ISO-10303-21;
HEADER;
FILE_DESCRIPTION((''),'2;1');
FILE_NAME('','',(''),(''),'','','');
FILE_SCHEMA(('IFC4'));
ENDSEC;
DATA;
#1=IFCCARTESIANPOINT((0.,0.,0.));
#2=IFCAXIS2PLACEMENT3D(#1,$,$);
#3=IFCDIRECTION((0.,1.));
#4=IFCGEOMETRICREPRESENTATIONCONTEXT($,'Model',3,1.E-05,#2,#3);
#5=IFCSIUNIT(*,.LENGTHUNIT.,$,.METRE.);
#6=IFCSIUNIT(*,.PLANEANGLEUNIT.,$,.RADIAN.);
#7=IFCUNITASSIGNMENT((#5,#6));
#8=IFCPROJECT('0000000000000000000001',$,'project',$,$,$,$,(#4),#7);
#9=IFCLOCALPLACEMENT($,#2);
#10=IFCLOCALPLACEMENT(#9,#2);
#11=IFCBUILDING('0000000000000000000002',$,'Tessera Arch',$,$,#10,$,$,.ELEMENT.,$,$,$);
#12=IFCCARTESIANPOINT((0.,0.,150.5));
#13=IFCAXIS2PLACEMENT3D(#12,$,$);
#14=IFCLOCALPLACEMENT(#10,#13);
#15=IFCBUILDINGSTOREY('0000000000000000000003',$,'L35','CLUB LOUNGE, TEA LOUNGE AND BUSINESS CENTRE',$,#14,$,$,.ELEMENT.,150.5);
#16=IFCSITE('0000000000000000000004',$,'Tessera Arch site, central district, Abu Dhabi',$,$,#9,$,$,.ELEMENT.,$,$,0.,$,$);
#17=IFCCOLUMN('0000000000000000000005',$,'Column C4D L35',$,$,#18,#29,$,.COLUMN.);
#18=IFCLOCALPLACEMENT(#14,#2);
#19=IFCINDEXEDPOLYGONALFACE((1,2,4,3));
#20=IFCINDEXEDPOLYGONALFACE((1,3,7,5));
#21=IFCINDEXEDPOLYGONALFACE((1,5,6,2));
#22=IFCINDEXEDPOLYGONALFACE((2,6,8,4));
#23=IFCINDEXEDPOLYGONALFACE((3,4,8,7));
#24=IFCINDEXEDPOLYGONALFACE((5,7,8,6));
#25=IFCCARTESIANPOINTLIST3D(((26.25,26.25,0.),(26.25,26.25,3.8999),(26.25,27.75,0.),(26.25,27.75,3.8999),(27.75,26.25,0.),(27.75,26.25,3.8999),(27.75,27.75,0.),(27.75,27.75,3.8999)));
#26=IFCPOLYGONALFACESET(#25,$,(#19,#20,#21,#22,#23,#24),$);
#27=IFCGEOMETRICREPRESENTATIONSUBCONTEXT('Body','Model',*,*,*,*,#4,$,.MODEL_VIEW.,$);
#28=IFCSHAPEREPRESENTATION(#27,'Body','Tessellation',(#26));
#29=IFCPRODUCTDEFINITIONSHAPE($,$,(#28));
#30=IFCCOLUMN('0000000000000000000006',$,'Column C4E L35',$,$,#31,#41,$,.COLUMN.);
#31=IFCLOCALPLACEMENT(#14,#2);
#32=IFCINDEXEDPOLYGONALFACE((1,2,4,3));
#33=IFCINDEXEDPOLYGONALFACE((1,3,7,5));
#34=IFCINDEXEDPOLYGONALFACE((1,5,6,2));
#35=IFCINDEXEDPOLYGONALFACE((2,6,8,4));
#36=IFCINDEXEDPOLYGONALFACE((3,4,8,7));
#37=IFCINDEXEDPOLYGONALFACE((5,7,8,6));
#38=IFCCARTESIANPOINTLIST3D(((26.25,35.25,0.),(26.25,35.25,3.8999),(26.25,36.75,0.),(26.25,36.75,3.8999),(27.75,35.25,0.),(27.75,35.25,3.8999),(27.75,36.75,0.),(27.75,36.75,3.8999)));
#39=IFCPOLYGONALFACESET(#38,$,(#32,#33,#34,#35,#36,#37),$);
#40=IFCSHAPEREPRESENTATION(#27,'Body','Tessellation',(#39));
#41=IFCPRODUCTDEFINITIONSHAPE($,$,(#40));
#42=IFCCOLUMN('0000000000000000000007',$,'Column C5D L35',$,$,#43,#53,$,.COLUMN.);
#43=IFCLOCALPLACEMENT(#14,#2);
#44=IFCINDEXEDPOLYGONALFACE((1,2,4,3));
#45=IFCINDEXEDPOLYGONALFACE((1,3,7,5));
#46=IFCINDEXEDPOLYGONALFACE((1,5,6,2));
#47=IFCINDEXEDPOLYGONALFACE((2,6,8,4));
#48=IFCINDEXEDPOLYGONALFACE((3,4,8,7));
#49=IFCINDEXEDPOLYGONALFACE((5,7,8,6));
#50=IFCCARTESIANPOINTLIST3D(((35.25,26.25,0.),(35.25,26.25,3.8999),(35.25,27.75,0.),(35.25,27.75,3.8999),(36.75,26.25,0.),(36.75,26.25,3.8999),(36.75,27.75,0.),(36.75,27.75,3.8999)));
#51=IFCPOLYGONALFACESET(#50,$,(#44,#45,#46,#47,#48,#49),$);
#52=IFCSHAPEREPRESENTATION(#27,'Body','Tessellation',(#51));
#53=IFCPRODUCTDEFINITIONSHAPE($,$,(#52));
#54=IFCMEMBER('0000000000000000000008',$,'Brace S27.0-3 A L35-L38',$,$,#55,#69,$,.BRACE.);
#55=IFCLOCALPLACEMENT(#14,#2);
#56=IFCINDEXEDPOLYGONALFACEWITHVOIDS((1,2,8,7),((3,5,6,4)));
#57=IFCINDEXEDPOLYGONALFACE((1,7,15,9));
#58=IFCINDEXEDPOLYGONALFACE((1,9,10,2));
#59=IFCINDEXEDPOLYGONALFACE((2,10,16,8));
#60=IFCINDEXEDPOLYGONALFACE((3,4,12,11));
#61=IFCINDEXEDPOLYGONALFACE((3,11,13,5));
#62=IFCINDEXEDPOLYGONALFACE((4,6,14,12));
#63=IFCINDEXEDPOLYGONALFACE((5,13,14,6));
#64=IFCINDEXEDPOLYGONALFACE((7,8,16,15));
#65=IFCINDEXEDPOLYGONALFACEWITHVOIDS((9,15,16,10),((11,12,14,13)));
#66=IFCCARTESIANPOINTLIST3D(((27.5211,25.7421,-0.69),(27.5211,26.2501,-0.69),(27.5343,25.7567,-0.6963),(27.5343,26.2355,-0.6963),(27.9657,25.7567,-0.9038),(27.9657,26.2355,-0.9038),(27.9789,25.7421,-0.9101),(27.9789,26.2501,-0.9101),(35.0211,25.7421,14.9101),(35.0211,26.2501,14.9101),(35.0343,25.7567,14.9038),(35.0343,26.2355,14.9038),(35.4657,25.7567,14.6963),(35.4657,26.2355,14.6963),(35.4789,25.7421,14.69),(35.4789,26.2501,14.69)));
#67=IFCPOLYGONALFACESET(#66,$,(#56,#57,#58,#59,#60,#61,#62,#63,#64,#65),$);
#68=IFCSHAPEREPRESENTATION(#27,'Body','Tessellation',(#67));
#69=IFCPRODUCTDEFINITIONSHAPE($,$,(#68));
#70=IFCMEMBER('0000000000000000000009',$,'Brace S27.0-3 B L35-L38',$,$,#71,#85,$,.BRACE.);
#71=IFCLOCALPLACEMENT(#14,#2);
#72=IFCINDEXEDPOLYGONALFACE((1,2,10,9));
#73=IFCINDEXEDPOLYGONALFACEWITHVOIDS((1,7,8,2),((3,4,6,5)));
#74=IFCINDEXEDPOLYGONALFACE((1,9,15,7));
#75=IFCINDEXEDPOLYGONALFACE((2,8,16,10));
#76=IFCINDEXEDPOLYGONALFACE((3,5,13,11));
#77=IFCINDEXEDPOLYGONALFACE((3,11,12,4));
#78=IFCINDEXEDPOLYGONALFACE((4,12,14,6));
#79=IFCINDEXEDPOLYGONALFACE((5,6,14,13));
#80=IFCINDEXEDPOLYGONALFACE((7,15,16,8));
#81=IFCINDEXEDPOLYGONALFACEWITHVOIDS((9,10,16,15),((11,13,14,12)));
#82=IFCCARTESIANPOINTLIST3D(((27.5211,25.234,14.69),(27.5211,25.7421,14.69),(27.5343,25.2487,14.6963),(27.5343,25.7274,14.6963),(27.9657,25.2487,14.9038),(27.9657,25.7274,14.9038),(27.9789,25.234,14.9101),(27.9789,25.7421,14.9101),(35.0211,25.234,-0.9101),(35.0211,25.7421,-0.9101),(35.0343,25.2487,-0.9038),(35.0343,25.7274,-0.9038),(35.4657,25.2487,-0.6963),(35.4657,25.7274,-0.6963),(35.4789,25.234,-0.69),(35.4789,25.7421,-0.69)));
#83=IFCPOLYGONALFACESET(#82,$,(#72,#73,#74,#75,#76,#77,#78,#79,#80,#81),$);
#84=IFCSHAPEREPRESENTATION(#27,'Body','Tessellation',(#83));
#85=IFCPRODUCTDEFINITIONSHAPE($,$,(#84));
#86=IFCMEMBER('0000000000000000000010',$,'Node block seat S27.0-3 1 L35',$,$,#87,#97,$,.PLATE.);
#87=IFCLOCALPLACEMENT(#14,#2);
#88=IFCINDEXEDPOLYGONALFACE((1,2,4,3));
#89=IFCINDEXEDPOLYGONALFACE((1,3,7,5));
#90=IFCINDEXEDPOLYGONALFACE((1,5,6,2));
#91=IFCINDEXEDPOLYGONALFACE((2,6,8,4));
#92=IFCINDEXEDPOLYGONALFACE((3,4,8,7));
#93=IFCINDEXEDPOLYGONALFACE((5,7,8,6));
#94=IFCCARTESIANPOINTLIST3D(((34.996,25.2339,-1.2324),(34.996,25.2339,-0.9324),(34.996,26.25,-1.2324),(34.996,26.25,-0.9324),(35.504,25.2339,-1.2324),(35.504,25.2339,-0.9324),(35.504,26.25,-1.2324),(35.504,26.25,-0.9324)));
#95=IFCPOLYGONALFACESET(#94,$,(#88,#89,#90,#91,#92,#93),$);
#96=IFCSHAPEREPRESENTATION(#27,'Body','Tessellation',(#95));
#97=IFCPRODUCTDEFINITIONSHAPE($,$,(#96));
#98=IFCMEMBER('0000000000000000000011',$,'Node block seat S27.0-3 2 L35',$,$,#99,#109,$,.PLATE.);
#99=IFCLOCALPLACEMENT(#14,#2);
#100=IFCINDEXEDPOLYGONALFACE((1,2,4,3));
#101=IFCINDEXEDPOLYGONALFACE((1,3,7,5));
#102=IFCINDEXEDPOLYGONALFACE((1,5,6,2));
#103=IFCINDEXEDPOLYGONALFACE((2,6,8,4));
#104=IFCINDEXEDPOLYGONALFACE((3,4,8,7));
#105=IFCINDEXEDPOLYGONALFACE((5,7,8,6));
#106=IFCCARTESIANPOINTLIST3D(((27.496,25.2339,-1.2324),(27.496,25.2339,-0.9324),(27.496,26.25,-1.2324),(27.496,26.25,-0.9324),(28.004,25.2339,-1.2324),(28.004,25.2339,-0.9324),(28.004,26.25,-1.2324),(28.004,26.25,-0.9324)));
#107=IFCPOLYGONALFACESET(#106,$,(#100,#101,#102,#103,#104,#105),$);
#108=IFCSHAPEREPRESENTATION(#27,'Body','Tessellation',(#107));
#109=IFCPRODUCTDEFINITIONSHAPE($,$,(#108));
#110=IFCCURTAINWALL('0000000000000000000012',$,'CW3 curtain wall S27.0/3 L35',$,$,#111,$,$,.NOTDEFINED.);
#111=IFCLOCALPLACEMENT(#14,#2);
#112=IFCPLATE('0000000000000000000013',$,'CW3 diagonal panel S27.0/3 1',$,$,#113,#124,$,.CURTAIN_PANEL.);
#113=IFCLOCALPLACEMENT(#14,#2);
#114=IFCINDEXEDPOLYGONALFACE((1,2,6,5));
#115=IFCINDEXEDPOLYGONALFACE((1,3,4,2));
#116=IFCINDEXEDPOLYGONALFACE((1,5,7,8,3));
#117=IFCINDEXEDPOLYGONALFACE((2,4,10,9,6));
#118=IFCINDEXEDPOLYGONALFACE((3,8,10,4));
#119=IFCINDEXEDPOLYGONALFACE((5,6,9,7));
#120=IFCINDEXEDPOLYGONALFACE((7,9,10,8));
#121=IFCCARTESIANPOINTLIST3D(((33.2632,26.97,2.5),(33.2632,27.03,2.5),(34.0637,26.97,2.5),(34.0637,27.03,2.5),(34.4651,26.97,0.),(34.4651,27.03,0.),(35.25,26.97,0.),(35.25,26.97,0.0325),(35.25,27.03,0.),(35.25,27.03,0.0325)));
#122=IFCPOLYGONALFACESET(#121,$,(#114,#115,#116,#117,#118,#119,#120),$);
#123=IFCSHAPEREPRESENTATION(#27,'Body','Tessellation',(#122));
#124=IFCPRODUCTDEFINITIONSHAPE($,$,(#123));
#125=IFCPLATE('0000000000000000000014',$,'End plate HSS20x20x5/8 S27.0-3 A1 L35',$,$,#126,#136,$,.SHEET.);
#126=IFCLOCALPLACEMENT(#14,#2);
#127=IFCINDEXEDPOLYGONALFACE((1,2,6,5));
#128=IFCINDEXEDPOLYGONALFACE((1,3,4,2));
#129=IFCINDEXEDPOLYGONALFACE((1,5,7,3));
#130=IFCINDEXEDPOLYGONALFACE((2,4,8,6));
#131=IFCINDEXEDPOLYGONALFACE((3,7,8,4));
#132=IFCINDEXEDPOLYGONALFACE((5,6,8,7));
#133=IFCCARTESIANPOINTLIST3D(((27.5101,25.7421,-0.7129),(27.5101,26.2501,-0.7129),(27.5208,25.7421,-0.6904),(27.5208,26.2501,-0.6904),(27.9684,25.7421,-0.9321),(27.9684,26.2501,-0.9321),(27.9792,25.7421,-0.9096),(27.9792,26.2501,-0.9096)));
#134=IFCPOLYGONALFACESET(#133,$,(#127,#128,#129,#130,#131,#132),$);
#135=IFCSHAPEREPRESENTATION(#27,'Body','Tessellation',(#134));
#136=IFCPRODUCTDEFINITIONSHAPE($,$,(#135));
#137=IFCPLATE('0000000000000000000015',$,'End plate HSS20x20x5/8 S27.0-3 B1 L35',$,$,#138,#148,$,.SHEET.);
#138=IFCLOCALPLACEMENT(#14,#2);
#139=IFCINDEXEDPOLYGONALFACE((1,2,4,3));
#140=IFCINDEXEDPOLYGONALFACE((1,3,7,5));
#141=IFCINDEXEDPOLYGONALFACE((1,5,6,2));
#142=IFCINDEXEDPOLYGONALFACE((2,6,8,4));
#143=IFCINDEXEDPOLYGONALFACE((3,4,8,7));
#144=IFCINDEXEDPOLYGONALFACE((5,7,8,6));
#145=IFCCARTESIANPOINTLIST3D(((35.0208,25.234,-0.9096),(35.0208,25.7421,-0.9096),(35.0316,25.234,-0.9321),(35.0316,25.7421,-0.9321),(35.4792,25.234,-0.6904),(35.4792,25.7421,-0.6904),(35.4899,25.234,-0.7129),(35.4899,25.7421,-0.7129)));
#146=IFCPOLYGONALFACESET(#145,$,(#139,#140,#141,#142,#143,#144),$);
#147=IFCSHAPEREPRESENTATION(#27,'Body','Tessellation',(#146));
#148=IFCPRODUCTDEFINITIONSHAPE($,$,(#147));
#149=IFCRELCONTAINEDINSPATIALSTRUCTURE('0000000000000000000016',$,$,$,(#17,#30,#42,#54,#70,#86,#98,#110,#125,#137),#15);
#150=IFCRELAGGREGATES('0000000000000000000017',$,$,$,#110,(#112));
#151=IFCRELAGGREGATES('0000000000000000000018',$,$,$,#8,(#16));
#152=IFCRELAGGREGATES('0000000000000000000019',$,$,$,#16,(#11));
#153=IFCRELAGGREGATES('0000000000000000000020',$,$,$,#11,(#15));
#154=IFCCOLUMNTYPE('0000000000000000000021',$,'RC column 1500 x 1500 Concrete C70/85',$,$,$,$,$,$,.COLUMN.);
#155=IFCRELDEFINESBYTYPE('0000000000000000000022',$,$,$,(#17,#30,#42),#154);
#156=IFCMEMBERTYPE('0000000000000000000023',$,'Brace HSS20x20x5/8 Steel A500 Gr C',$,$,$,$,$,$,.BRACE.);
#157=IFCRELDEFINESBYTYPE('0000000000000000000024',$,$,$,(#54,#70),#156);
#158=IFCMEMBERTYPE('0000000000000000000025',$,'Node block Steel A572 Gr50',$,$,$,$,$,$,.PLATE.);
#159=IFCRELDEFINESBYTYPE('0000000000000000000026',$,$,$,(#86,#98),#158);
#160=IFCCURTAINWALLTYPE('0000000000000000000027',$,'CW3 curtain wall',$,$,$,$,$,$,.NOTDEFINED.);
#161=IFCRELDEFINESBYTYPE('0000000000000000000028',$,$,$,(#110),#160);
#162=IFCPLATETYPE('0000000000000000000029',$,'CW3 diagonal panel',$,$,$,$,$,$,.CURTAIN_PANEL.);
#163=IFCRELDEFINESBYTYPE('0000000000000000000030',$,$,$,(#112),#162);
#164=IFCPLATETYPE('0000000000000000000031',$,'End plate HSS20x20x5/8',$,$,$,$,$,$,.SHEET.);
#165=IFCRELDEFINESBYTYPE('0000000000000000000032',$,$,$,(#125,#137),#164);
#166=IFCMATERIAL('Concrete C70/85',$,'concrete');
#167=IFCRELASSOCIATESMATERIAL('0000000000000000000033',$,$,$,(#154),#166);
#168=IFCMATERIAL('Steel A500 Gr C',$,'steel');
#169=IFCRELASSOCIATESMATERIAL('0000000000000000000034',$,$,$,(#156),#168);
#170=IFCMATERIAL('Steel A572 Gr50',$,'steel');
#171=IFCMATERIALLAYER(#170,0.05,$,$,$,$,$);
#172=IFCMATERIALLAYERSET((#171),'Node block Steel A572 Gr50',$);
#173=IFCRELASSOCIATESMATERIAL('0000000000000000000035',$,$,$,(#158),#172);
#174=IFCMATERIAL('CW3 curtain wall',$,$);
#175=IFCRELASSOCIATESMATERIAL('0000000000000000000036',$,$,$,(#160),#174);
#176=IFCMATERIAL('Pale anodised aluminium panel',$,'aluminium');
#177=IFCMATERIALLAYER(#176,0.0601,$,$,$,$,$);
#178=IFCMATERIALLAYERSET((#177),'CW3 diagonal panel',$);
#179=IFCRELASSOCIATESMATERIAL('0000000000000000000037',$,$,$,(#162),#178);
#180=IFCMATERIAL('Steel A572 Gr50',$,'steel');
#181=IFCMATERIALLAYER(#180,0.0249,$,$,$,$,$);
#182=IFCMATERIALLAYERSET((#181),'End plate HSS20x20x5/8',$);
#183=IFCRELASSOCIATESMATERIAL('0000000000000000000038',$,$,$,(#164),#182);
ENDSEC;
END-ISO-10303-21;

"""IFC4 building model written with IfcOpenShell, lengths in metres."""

from ifc_helpers import new_model, si_unit, direction, frame, origin, origin_2d, place, context, subcontext, project, spatial, polyline, rectangle, hollow_rectangle, outline, extrude, material, layer, layer_set, material_profile, profile_set, type_object, element, aggregate, save


model = new_model("IFC4")

# Units and contexts
model_context = context("Model", 3, precision=1e-05, world=origin(), true_north=direction((0.0, 1.0)))
body_context = subcontext(model_context, "Body", "Model", "MODEL_VIEW")
ifc_project = project(units=[si_unit("LENGTHUNIT", "METRE"), si_unit("PLANEANGLEUNIT", "RADIAN")], contexts=[model_context])

# Site, building, storey
site_placement = place(None, origin())
site = spatial("IfcSite", under=ifc_project, at=site_placement, Name="Tessera Arch site, central district, Abu Dhabi", CompositionType="ELEMENT", RefElevation=0.0)
building_placement = place(site_placement, origin())
building = spatial("IfcBuilding", under=site, at=building_placement, Name="Tessera Arch", CompositionType="ELEMENT")
storey_placement = place(building_placement, frame((0.0, 0.0, 150.5)))
storey = spatial("IfcBuildingStorey", under=building, at=storey_placement, Name="L35", Description="CLUB LOUNGE, TEA LOUNGE AND BUSINESS CENTRE", CompositionType="ELEMENT", Elevation=150.5)

# Columns
ifc_material_1 = material(Name="Concrete C70/85", Category="concrete")
ifc_material_profile_1 = material_profile(ifc_material_1, rectangle(XDim=1.5, YDim=1.5, at=origin_2d()), Name="RC column 1500 x 1500 Concrete C70/85")
ifc_profile_set_1 = profile_set([ifc_material_profile_1], Name="Concrete C70/85")
column_type = type_object("IfcColumnType", Name="RC column 1500 x 1500 Concrete C70/85", PredefinedType="COLUMN", material=ifc_profile_set_1)
for number, where, z_axis, x_axis, name in (
    (1, (27.0, 27.0, 0.0), (0.0, 0.0, 1.0), (1.0, 0.0, 0.0), "Column C4D L35"),
    (2, (27.0, 36.0, 0.0), (0.0, 0.0, 1.0), (1.0, 0.0, 0.0), "Column C4E L35"),
    (3, (36.0, 27.0, 0.0), (0.0, 0.0, 1.0), (1.0, 0.0, 0.0), "Column C5D L35"),
):
    element("IfcColumn", number, at=place(storey_placement, frame(where, z_axis=z_axis, x_axis=x_axis)), inside=storey, type_object=column_type, Name=name, PredefinedType="COLUMN", context=body_context, shape_type="SweptSolid", body=[
        extrude(rectangle(XDim=1.5, YDim=1.5, at=origin_2d()), origin(), (0.0, 0.0, 1.0), 3.8999),
    ])

# Members
ifc_material_2 = material(Name="Steel A500 Gr C", Category="steel")
ifc_material_profile_2 = material_profile(ifc_material_2, hollow_rectangle(XDim=0.5081, YDim=0.5081, WallThickness=0.0146, at=origin_2d()), Name="HSS20x20x5/8")
ifc_profile_set_2 = profile_set([ifc_material_profile_2], Name="Steel A500 Gr C")
member_type_1 = type_object("IfcMemberType", Name="Brace HSS20x20x5/8 Steel A500 Gr C", PredefinedType="BRACE", material=ifc_profile_set_2)
for number, where, z_axis, x_axis, name in (
    (4, (27.75, 25.9961, -0.8), (0.433292, 0.0, 0.901253), (0.0, 1.0, 0.0), "Brace S27.0-3 A L35-L38"),
    (5, (35.25, 25.488, -0.8), (-0.433292, 0.0, 0.901253), (0.0, -1.0, 0.0), "Brace S27.0-3 B L35-L38"),
):
    element("IfcMember", number, at=place(storey_placement, frame(where, z_axis=z_axis, x_axis=x_axis)), inside=storey, type_object=member_type_1, Name=name, PredefinedType="BRACE", context=body_context, shape_type="SweptSolid", body=[
        extrude(hollow_rectangle(XDim=0.5081, YDim=0.5081, WallThickness=0.0146, at=origin_2d()), origin(), (0.0, 0.0, 1.0), 17.3093),
    ])
ifc_material_3 = material(Name="Steel A572 Gr50", Category="steel")
ifc_layer_1 = layer(ifc_material_3, 0.05)
ifc_layer_set_1 = layer_set([ifc_layer_1], Name="Node block Steel A572 Gr50")
member_type_2 = type_object("IfcMemberType", Name="Node block Steel A572 Gr50", PredefinedType="PLATE", material=ifc_layer_set_1)
for number, where, z_axis, x_axis, name in (
    (6, (35.25, 25.7419, -1.2324), (0.0, 0.0, 1.0), (1.0, 0.0, 0.0), "Node block seat S27.0-3 1 L35"),
    (7, (27.75, 25.7419, -1.2324), (0.0, 0.0, 1.0), (1.0, 0.0, 0.0), "Node block seat S27.0-3 2 L35"),
):
    element("IfcMember", number, at=place(storey_placement, frame(where, z_axis=z_axis, x_axis=x_axis)), inside=storey, type_object=member_type_2, Name=name, PredefinedType="PLATE", context=body_context, shape_type="SweptSolid", body=[
        extrude(rectangle(XDim=0.5081, YDim=1.0161, at=origin_2d()), origin(), (0.0, 0.0, 1.0), 0.3),
    ])

# Curtain wall, plate
ifc_material_4 = material(Name="CW3 curtain wall")
curtain_wall_type = type_object("IfcCurtainWallType", Name="CW3 curtain wall", PredefinedType="NOTDEFINED", material=ifc_material_4)
curtain_wall_placement = place(storey_placement, origin())
curtain_wall = element("IfcCurtainWall", 8, at=curtain_wall_placement, inside=storey, type_object=curtain_wall_type, Name="CW3 curtain wall S27.0/3 L35", PredefinedType="NOTDEFINED")
ifc_material_5 = material(Name="Pale anodised aluminium panel", Category="aluminium")
ifc_layer_2 = layer(ifc_material_5, 0.0601)
ifc_layer_set_2 = layer_set([ifc_layer_2], Name="CW3 diagonal panel")
plate_type_1 = type_object("IfcPlateType", Name="CW3 diagonal panel", PredefinedType="CURTAIN_PANEL", material=ifc_layer_set_2)
plate_placement = place(storey_placement, frame((35.25, 26.97, 0.0), z_axis=(0.0, -1.0, 0.0), x_axis=(0.0, 0.0, 1.0)))
plate = element("IfcPlate", 9, at=plate_placement, type_object=plate_type_1, Name="CW3 diagonal panel S27.0/3 1", PredefinedType="CURTAIN_PANEL", context=body_context, shape_type="SweptSolid", body=[
    extrude(outline(polyline([(0.0, 0.0), (0.0325, 0.0), (2.5, 1.1863), (2.5, 1.9868), (0.0, 0.7849), (0.0, 0.0)])), origin(), (0.0, 0.0, -1.0), 0.0601),
])
aggregate(curtain_wall, [plate])

# Plates
ifc_material_6 = material(Name="Steel A572 Gr50", Category="steel")
ifc_layer_3 = layer(ifc_material_6, 0.0249)
ifc_layer_set_3 = layer_set([ifc_layer_3], Name="End plate HSS20x20x5/8")
plate_type_2 = type_object("IfcPlateType", Name="End plate HSS20x20x5/8", PredefinedType="SHEET", material=ifc_layer_set_3)
for number, where, z_axis, x_axis, name in (
    (10, (27.7393, 25.9961, -0.8225), (0.431455, 0.0, 0.902134), (0.0, 1.0, 0.0), "End plate HSS20x20x5/8 S27.0-3 A1 L35"),
    (11, (35.2607, 25.488, -0.8225), (-0.431455, 0.0, 0.902134), (0.0, -1.0, 0.0), "End plate HSS20x20x5/8 S27.0-3 B1 L35"),
):
    element("IfcPlate", number, at=place(storey_placement, frame(where, z_axis=z_axis, x_axis=x_axis)), inside=storey, type_object=plate_type_2, Name=name, PredefinedType="SHEET", context=body_context, shape_type="SweptSolid", body=[
        extrude(rectangle(XDim=0.5081, YDim=0.5081, at=origin_2d()), origin(), (0.0, 0.0, 1.0), 0.0249),
    ])

save(model, "model.ifc")
